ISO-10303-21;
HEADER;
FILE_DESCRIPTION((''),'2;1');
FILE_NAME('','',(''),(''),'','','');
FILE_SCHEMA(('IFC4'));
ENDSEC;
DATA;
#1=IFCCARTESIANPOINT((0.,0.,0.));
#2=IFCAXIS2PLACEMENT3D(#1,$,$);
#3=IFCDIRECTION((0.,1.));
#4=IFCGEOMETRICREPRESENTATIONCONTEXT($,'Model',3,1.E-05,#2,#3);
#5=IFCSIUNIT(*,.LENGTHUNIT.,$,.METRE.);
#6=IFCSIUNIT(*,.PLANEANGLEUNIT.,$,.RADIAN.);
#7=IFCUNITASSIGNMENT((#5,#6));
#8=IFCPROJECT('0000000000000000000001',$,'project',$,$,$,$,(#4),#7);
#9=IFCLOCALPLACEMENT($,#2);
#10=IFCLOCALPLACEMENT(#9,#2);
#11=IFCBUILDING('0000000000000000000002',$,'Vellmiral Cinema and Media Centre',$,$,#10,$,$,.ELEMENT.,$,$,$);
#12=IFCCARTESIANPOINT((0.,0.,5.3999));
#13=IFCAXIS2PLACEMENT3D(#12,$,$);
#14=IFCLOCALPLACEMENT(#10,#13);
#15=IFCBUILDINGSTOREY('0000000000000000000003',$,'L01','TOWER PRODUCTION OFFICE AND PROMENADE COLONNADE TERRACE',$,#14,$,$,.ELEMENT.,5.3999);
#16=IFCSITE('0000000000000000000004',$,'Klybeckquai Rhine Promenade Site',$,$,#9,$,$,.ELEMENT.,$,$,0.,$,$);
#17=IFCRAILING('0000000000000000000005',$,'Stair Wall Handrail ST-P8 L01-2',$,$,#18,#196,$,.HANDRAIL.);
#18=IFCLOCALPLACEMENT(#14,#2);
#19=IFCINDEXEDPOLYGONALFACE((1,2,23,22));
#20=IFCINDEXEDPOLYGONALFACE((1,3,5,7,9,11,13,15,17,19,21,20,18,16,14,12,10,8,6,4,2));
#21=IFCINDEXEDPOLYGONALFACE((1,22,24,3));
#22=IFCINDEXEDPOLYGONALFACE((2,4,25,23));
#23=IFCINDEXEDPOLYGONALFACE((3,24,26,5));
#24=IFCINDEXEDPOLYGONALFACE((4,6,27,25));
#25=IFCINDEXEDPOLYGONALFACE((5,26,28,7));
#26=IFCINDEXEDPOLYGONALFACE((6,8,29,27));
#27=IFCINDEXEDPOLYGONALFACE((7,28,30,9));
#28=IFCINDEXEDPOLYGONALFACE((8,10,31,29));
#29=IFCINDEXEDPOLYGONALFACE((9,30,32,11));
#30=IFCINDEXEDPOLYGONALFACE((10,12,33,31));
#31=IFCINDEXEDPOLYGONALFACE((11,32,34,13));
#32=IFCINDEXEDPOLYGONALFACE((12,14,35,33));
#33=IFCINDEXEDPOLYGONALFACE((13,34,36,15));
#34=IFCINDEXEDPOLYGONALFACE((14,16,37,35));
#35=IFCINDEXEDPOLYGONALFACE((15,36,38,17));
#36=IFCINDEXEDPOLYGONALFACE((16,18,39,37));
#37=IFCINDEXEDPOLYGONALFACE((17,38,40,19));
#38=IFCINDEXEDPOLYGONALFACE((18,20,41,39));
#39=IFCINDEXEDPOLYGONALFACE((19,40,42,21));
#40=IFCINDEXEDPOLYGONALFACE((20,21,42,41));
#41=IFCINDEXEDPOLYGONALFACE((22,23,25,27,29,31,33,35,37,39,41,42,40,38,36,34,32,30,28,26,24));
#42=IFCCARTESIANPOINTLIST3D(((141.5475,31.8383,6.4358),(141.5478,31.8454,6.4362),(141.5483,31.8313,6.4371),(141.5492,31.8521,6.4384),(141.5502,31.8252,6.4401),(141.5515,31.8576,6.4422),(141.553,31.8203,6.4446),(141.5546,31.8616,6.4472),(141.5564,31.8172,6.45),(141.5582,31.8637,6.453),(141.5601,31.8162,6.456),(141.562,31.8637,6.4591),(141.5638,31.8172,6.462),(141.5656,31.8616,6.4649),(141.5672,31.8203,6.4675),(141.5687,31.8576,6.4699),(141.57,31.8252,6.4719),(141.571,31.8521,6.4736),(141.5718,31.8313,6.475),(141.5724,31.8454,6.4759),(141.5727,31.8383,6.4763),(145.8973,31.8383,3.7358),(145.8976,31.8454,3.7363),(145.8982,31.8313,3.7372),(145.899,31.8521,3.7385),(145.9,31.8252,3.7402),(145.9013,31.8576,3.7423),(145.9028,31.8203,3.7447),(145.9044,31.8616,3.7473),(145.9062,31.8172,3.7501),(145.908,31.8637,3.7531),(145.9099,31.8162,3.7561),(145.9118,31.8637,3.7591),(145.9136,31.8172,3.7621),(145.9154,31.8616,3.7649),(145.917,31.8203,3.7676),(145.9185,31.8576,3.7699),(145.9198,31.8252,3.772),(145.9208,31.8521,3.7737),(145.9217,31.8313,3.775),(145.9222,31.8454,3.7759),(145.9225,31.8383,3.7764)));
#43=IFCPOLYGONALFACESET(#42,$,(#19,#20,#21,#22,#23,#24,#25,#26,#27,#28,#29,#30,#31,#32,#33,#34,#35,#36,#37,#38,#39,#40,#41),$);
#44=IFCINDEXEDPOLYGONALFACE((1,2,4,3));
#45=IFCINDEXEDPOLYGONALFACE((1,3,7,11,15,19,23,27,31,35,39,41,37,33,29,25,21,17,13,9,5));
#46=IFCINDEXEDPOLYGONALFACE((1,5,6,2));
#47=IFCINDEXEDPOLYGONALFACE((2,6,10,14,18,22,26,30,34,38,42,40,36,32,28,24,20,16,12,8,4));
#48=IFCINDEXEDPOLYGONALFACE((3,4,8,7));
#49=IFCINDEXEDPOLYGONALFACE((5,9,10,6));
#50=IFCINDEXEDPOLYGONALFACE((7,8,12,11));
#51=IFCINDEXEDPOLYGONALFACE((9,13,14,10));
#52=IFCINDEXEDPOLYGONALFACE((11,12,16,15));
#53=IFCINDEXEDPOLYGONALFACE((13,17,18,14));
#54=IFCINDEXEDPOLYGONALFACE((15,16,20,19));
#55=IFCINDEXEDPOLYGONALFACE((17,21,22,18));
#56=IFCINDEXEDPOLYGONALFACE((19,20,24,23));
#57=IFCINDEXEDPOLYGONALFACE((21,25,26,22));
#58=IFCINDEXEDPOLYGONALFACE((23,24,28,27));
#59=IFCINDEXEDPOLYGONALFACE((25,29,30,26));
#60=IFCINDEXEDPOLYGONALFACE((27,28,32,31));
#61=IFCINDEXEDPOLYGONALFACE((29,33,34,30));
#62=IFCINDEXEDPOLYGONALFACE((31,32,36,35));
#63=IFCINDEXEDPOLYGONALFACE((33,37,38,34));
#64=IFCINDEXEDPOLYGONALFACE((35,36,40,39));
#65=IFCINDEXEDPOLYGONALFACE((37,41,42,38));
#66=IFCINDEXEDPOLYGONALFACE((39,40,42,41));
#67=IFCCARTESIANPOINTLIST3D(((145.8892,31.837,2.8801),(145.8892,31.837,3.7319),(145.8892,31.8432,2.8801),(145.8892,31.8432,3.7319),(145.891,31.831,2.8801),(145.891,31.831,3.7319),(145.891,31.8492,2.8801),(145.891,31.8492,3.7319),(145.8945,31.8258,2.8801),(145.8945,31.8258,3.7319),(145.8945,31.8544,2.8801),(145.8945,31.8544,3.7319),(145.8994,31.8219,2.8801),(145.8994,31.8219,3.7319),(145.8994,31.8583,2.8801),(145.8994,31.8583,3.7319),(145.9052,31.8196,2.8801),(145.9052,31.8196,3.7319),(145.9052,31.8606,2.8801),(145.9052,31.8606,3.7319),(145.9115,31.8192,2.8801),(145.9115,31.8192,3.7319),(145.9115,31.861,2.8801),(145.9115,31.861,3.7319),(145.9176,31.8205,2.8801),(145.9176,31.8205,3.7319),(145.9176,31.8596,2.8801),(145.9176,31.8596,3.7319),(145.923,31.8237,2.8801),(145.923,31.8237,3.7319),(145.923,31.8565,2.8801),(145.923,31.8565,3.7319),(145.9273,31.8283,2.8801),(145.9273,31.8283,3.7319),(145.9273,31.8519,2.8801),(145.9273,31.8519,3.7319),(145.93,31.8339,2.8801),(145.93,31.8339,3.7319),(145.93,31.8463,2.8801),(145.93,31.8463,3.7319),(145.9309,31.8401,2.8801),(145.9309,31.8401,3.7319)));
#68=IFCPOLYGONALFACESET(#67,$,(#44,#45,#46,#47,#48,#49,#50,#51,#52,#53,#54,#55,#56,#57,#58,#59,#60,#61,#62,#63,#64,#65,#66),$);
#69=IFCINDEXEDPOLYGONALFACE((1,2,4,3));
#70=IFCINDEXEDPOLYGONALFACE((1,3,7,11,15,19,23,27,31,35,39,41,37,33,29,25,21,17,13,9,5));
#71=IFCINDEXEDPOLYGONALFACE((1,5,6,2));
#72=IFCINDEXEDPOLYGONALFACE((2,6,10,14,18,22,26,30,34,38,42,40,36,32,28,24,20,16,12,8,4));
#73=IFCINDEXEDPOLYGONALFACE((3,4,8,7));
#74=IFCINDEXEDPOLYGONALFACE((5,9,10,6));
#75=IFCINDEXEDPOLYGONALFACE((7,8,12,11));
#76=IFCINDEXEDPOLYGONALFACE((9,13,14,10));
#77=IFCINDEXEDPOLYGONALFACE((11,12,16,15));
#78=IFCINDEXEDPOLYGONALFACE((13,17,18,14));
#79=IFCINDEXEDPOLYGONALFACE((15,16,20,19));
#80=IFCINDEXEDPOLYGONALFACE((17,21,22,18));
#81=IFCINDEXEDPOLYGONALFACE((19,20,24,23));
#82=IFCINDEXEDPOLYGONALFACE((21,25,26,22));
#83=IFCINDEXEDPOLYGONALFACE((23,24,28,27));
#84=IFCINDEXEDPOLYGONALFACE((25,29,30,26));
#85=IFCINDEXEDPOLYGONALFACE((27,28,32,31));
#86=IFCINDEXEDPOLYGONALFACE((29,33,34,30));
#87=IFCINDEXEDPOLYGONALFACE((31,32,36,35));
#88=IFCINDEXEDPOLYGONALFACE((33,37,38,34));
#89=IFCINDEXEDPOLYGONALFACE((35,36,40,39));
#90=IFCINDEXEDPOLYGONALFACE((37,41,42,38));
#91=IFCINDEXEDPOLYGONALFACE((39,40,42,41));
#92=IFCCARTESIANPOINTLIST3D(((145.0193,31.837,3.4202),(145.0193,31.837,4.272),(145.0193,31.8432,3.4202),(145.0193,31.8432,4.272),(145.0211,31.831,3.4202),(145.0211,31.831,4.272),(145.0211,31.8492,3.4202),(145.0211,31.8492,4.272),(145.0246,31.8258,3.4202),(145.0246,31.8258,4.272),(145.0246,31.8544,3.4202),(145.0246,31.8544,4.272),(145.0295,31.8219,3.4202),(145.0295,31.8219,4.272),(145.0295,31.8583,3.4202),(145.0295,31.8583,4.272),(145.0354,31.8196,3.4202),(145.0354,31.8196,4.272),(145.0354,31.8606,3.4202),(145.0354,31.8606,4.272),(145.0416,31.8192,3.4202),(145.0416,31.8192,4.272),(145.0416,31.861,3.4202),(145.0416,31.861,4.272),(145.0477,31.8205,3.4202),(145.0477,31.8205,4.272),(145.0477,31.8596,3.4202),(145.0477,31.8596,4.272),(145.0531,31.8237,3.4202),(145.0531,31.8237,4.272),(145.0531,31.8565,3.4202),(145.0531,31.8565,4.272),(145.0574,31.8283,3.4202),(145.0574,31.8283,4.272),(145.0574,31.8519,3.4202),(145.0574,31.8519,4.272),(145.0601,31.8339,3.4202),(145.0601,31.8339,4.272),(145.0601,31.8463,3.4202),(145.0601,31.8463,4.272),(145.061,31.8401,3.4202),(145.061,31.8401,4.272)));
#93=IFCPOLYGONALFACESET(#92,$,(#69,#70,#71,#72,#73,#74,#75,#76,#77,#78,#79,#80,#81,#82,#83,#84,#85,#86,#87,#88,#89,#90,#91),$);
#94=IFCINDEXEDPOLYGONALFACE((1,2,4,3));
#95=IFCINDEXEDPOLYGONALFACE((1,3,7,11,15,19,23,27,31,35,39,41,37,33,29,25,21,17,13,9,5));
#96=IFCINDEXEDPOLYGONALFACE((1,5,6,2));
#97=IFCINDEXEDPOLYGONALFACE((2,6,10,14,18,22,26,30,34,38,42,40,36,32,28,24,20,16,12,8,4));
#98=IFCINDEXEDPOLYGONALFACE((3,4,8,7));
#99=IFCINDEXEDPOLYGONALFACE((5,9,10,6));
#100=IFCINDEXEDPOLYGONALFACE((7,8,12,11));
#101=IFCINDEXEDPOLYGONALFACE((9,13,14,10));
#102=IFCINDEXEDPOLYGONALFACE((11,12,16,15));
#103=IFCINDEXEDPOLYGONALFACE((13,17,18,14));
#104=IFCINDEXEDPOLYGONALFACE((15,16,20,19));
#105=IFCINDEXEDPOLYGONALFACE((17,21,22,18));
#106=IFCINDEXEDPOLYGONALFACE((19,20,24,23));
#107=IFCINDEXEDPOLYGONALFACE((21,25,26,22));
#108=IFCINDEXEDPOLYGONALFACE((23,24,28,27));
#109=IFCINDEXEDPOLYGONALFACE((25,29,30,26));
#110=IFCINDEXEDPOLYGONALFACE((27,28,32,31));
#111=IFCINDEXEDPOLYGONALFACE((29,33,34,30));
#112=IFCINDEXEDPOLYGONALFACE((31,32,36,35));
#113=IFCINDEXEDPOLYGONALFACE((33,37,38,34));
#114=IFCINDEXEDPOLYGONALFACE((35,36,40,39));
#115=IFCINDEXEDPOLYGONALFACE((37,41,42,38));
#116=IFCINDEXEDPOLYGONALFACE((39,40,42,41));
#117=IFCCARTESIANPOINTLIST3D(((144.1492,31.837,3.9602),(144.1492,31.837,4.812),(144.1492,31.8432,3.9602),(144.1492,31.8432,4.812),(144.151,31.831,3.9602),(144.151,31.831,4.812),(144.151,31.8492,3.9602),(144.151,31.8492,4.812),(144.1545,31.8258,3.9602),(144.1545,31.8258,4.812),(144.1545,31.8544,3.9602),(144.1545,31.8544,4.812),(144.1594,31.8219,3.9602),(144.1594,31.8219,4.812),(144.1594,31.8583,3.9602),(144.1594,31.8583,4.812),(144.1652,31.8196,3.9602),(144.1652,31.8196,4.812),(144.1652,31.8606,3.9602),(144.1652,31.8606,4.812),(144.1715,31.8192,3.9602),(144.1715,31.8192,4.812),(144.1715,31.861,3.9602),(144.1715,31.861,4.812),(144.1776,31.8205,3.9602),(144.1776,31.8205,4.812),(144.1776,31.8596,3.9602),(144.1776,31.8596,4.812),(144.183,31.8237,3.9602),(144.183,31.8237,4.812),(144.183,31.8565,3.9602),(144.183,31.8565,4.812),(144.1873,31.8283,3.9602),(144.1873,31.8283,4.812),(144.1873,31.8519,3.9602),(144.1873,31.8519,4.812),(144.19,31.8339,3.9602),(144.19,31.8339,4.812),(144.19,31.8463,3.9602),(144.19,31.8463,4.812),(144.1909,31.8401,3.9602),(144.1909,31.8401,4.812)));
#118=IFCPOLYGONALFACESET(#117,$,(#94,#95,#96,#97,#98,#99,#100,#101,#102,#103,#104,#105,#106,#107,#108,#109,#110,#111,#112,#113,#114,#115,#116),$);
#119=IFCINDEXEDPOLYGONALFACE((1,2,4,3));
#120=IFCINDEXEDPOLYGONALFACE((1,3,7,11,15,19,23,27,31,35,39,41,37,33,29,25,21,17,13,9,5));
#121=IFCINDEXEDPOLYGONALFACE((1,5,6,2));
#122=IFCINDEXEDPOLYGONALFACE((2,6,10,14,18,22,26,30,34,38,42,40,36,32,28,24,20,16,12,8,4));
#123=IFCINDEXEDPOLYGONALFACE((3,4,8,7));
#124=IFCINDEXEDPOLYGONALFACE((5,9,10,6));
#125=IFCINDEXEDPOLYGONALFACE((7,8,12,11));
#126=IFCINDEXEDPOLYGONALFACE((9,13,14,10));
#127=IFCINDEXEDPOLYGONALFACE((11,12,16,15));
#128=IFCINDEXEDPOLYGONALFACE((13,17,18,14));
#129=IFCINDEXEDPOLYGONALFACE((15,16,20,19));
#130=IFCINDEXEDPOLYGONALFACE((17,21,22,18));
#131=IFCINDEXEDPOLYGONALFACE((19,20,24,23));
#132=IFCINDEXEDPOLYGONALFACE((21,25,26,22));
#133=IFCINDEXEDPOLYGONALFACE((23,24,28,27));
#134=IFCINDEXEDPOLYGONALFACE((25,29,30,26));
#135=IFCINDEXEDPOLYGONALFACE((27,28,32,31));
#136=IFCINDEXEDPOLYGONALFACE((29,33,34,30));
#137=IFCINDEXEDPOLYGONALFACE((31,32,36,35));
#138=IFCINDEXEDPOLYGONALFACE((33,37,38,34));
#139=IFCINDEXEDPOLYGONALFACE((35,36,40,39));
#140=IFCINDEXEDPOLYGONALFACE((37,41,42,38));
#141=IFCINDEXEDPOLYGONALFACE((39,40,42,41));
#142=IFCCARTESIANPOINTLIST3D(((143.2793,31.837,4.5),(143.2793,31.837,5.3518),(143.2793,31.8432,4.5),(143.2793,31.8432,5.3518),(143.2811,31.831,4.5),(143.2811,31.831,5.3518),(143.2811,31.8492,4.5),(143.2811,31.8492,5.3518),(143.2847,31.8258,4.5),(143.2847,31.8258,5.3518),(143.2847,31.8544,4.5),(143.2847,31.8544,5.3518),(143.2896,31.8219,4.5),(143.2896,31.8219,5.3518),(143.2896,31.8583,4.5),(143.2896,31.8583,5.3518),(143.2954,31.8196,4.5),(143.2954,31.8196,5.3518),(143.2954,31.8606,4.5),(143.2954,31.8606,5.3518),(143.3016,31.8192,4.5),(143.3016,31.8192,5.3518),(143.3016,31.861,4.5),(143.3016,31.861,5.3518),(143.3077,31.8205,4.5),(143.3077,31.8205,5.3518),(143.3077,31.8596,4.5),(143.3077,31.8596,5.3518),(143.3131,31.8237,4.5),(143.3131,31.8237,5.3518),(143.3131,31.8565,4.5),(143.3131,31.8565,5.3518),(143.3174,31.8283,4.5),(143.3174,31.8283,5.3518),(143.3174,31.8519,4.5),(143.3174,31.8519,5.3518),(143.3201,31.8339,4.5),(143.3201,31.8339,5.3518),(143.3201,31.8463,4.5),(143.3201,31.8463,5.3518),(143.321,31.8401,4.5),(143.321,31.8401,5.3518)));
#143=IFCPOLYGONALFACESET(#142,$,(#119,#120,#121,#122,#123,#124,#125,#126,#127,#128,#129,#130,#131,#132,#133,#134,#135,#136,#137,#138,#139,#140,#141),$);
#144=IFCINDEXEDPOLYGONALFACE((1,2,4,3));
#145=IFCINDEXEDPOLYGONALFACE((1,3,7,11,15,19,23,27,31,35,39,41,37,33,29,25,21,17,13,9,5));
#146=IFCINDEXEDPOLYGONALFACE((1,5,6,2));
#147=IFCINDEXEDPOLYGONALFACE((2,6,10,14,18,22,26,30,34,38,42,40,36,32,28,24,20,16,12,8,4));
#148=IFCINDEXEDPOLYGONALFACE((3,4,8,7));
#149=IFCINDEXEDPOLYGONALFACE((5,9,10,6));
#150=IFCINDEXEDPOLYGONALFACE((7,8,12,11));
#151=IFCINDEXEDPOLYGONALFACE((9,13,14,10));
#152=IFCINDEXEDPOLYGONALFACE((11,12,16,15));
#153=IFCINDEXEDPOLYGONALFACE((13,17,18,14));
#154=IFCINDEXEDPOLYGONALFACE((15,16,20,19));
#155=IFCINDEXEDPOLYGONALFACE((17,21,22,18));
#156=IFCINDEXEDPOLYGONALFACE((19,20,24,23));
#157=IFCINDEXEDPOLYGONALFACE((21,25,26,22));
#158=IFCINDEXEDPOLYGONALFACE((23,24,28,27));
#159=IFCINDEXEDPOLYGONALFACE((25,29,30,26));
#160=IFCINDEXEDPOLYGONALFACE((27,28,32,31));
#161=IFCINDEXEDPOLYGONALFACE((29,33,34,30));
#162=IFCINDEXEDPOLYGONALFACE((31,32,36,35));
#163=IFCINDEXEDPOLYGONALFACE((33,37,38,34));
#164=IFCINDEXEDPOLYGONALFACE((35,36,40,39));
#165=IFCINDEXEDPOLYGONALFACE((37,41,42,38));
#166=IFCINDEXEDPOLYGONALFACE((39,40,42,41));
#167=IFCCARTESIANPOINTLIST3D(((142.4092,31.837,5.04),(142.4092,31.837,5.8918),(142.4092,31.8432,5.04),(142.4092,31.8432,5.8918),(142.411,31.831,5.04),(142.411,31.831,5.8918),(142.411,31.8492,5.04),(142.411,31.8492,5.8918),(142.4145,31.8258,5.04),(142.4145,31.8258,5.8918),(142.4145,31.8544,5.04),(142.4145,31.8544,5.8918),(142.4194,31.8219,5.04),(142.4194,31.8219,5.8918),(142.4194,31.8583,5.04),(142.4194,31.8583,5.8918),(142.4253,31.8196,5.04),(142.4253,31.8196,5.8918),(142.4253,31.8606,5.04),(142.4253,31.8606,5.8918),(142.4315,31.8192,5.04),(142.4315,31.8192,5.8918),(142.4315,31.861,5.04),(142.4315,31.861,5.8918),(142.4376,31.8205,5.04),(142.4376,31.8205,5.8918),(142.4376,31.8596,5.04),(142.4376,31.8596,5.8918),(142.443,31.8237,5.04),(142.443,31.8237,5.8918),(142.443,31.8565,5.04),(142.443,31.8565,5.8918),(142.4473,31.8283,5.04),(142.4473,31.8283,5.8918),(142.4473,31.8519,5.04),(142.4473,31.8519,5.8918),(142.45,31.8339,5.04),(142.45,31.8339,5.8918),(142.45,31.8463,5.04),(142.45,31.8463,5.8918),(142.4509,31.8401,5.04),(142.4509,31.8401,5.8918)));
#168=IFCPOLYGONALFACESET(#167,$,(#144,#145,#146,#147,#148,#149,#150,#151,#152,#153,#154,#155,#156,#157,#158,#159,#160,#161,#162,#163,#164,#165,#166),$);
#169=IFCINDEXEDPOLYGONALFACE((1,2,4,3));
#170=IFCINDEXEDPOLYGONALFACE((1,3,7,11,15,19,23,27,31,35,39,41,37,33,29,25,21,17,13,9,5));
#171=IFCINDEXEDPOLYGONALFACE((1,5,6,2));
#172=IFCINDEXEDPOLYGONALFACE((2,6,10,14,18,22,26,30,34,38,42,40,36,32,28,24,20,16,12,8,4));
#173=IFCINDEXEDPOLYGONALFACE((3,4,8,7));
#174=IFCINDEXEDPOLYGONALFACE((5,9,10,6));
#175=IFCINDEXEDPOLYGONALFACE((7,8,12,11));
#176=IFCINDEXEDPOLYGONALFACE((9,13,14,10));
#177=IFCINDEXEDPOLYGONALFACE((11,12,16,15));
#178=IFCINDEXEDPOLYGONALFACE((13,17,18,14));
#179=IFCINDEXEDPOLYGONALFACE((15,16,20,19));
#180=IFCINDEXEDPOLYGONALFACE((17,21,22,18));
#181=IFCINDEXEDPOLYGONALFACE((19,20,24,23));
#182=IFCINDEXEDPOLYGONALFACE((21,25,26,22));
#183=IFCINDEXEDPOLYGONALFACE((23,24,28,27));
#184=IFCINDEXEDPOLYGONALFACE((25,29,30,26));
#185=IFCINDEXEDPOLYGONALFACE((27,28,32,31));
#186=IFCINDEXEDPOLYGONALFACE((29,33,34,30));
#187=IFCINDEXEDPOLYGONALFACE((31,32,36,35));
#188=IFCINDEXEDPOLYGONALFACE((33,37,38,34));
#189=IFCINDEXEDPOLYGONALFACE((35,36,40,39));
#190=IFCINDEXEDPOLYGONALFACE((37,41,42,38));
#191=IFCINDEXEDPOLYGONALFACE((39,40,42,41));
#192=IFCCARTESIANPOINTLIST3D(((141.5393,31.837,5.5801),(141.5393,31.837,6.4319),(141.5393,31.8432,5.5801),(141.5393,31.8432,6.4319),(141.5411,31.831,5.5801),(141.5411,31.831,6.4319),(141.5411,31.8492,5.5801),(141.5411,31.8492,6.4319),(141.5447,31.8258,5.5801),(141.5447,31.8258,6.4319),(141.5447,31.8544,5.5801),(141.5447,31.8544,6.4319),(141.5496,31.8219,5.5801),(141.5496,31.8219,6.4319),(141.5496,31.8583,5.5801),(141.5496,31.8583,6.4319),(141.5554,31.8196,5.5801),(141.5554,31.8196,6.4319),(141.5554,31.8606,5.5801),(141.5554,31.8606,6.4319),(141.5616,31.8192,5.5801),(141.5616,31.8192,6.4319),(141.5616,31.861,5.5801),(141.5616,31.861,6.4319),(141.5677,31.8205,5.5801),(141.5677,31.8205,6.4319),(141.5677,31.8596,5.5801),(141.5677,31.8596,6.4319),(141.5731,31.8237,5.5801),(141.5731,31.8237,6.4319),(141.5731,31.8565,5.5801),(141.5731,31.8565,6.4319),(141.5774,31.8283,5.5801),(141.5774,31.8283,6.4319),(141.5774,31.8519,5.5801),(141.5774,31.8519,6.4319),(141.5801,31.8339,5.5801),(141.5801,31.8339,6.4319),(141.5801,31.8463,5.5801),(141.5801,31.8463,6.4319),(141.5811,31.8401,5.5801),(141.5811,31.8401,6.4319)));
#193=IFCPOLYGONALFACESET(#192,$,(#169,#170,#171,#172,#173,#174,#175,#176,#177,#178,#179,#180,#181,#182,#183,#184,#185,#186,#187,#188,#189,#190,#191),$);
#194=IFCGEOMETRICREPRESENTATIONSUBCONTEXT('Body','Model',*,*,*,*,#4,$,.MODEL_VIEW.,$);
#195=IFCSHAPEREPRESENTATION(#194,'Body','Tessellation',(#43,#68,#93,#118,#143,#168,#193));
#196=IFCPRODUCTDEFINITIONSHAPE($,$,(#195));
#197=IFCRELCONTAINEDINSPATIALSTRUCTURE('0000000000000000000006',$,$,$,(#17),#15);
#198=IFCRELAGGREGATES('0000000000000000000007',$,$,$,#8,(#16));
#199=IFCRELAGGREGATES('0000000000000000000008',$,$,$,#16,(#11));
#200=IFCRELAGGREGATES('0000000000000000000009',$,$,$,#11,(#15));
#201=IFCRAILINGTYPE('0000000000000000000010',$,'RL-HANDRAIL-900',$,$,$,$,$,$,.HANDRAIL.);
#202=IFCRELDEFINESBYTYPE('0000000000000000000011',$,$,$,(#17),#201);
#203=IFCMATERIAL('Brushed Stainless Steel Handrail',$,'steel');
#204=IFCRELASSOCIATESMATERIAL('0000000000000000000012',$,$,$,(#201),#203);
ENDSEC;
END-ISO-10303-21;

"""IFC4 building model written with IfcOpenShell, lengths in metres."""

from ifc_helpers import new_model, si_unit, direction, frame, origin, origin_2d, place, context, subcontext, project, spatial, circle, extrude, material, type_object, element, save


model = new_model("IFC4")

# Units and contexts
model_context = context("Model", 3, precision=1e-05, world=origin(), true_north=direction((0.0, 1.0)))
body_context = subcontext(model_context, "Body", "Model", "MODEL_VIEW")
ifc_project = project(units=[si_unit("LENGTHUNIT", "METRE"), si_unit("PLANEANGLEUNIT", "RADIAN")], contexts=[model_context])

# Site, building, storey
site_placement = place(None, origin())
site = spatial("IfcSite", under=ifc_project, at=site_placement, Name="Klybeckquai Rhine Promenade Site", CompositionType="ELEMENT", RefElevation=0.0)
building_placement = place(site_placement, origin())
building = spatial("IfcBuilding", under=site, at=building_placement, Name="Vellmiral Cinema and Media Centre", CompositionType="ELEMENT")
storey_placement = place(building_placement, frame((0.0, 0.0, 5.3999)))
storey = spatial("IfcBuildingStorey", under=building, at=storey_placement, Name="L01", Description="TOWER PRODUCTION OFFICE AND PROMENADE COLONNADE TERRACE", CompositionType="ELEMENT", Elevation=5.3999)

# Railing
ifc_material_1 = material(Name="Brushed Stainless Steel Handrail", Category="steel")
railing_type_1 = type_object("IfcRailingType", Name="RL-HANDRAIL-900", PredefinedType="HANDRAIL", material=ifc_material_1)
railing_1_placement = place(storey_placement, frame((145.9099, 31.8401, 2.8801)))
element("IfcRailing", 1, at=railing_1_placement, inside=storey, type_object=railing_type_1, Name="Stair Wall Handrail ST-P8 L01-2", PredefinedType="HANDRAIL", context=body_context, shape_type="SweptSolid", body=[
    extrude(circle(Radius=0.0239, at=origin_2d()), frame((0.0, 0.0, 0.876), z_axis=(-0.849636, 0.0, 0.527369), x_axis=(0.0, -1.0, 0.0)), (0.0, 0.0, 1.0), 5.1196),
    extrude(circle(Radius=0.021, at=origin_2d()), origin(), (0.0, 0.0, 1.0), 0.8518),
    extrude(circle(Radius=0.021, at=origin_2d()), frame((-0.8699, 0.0, 0.54)), (0.0, 0.0, 1.0), 0.8518),
    extrude(circle(Radius=0.021, at=origin_2d()), frame((-1.74, 0.0, 1.0801)), (0.0, 0.0, 1.0), 0.8518),
    extrude(circle(Radius=0.021, at=origin_2d()), frame((-2.6099, 0.0, 1.6199)), (0.0, 0.0, 1.0), 0.8518),
    extrude(circle(Radius=0.021, at=origin_2d()), frame((-3.48, 0.0, 2.1599)), (0.0, 0.0, 1.0), 0.8518),
    extrude(circle(Radius=0.021, at=origin_2d()), frame((-4.3499, 0.0, 2.7)), (0.0, 0.0, 1.0), 0.8518),
])

save(model, "model.ifc")
